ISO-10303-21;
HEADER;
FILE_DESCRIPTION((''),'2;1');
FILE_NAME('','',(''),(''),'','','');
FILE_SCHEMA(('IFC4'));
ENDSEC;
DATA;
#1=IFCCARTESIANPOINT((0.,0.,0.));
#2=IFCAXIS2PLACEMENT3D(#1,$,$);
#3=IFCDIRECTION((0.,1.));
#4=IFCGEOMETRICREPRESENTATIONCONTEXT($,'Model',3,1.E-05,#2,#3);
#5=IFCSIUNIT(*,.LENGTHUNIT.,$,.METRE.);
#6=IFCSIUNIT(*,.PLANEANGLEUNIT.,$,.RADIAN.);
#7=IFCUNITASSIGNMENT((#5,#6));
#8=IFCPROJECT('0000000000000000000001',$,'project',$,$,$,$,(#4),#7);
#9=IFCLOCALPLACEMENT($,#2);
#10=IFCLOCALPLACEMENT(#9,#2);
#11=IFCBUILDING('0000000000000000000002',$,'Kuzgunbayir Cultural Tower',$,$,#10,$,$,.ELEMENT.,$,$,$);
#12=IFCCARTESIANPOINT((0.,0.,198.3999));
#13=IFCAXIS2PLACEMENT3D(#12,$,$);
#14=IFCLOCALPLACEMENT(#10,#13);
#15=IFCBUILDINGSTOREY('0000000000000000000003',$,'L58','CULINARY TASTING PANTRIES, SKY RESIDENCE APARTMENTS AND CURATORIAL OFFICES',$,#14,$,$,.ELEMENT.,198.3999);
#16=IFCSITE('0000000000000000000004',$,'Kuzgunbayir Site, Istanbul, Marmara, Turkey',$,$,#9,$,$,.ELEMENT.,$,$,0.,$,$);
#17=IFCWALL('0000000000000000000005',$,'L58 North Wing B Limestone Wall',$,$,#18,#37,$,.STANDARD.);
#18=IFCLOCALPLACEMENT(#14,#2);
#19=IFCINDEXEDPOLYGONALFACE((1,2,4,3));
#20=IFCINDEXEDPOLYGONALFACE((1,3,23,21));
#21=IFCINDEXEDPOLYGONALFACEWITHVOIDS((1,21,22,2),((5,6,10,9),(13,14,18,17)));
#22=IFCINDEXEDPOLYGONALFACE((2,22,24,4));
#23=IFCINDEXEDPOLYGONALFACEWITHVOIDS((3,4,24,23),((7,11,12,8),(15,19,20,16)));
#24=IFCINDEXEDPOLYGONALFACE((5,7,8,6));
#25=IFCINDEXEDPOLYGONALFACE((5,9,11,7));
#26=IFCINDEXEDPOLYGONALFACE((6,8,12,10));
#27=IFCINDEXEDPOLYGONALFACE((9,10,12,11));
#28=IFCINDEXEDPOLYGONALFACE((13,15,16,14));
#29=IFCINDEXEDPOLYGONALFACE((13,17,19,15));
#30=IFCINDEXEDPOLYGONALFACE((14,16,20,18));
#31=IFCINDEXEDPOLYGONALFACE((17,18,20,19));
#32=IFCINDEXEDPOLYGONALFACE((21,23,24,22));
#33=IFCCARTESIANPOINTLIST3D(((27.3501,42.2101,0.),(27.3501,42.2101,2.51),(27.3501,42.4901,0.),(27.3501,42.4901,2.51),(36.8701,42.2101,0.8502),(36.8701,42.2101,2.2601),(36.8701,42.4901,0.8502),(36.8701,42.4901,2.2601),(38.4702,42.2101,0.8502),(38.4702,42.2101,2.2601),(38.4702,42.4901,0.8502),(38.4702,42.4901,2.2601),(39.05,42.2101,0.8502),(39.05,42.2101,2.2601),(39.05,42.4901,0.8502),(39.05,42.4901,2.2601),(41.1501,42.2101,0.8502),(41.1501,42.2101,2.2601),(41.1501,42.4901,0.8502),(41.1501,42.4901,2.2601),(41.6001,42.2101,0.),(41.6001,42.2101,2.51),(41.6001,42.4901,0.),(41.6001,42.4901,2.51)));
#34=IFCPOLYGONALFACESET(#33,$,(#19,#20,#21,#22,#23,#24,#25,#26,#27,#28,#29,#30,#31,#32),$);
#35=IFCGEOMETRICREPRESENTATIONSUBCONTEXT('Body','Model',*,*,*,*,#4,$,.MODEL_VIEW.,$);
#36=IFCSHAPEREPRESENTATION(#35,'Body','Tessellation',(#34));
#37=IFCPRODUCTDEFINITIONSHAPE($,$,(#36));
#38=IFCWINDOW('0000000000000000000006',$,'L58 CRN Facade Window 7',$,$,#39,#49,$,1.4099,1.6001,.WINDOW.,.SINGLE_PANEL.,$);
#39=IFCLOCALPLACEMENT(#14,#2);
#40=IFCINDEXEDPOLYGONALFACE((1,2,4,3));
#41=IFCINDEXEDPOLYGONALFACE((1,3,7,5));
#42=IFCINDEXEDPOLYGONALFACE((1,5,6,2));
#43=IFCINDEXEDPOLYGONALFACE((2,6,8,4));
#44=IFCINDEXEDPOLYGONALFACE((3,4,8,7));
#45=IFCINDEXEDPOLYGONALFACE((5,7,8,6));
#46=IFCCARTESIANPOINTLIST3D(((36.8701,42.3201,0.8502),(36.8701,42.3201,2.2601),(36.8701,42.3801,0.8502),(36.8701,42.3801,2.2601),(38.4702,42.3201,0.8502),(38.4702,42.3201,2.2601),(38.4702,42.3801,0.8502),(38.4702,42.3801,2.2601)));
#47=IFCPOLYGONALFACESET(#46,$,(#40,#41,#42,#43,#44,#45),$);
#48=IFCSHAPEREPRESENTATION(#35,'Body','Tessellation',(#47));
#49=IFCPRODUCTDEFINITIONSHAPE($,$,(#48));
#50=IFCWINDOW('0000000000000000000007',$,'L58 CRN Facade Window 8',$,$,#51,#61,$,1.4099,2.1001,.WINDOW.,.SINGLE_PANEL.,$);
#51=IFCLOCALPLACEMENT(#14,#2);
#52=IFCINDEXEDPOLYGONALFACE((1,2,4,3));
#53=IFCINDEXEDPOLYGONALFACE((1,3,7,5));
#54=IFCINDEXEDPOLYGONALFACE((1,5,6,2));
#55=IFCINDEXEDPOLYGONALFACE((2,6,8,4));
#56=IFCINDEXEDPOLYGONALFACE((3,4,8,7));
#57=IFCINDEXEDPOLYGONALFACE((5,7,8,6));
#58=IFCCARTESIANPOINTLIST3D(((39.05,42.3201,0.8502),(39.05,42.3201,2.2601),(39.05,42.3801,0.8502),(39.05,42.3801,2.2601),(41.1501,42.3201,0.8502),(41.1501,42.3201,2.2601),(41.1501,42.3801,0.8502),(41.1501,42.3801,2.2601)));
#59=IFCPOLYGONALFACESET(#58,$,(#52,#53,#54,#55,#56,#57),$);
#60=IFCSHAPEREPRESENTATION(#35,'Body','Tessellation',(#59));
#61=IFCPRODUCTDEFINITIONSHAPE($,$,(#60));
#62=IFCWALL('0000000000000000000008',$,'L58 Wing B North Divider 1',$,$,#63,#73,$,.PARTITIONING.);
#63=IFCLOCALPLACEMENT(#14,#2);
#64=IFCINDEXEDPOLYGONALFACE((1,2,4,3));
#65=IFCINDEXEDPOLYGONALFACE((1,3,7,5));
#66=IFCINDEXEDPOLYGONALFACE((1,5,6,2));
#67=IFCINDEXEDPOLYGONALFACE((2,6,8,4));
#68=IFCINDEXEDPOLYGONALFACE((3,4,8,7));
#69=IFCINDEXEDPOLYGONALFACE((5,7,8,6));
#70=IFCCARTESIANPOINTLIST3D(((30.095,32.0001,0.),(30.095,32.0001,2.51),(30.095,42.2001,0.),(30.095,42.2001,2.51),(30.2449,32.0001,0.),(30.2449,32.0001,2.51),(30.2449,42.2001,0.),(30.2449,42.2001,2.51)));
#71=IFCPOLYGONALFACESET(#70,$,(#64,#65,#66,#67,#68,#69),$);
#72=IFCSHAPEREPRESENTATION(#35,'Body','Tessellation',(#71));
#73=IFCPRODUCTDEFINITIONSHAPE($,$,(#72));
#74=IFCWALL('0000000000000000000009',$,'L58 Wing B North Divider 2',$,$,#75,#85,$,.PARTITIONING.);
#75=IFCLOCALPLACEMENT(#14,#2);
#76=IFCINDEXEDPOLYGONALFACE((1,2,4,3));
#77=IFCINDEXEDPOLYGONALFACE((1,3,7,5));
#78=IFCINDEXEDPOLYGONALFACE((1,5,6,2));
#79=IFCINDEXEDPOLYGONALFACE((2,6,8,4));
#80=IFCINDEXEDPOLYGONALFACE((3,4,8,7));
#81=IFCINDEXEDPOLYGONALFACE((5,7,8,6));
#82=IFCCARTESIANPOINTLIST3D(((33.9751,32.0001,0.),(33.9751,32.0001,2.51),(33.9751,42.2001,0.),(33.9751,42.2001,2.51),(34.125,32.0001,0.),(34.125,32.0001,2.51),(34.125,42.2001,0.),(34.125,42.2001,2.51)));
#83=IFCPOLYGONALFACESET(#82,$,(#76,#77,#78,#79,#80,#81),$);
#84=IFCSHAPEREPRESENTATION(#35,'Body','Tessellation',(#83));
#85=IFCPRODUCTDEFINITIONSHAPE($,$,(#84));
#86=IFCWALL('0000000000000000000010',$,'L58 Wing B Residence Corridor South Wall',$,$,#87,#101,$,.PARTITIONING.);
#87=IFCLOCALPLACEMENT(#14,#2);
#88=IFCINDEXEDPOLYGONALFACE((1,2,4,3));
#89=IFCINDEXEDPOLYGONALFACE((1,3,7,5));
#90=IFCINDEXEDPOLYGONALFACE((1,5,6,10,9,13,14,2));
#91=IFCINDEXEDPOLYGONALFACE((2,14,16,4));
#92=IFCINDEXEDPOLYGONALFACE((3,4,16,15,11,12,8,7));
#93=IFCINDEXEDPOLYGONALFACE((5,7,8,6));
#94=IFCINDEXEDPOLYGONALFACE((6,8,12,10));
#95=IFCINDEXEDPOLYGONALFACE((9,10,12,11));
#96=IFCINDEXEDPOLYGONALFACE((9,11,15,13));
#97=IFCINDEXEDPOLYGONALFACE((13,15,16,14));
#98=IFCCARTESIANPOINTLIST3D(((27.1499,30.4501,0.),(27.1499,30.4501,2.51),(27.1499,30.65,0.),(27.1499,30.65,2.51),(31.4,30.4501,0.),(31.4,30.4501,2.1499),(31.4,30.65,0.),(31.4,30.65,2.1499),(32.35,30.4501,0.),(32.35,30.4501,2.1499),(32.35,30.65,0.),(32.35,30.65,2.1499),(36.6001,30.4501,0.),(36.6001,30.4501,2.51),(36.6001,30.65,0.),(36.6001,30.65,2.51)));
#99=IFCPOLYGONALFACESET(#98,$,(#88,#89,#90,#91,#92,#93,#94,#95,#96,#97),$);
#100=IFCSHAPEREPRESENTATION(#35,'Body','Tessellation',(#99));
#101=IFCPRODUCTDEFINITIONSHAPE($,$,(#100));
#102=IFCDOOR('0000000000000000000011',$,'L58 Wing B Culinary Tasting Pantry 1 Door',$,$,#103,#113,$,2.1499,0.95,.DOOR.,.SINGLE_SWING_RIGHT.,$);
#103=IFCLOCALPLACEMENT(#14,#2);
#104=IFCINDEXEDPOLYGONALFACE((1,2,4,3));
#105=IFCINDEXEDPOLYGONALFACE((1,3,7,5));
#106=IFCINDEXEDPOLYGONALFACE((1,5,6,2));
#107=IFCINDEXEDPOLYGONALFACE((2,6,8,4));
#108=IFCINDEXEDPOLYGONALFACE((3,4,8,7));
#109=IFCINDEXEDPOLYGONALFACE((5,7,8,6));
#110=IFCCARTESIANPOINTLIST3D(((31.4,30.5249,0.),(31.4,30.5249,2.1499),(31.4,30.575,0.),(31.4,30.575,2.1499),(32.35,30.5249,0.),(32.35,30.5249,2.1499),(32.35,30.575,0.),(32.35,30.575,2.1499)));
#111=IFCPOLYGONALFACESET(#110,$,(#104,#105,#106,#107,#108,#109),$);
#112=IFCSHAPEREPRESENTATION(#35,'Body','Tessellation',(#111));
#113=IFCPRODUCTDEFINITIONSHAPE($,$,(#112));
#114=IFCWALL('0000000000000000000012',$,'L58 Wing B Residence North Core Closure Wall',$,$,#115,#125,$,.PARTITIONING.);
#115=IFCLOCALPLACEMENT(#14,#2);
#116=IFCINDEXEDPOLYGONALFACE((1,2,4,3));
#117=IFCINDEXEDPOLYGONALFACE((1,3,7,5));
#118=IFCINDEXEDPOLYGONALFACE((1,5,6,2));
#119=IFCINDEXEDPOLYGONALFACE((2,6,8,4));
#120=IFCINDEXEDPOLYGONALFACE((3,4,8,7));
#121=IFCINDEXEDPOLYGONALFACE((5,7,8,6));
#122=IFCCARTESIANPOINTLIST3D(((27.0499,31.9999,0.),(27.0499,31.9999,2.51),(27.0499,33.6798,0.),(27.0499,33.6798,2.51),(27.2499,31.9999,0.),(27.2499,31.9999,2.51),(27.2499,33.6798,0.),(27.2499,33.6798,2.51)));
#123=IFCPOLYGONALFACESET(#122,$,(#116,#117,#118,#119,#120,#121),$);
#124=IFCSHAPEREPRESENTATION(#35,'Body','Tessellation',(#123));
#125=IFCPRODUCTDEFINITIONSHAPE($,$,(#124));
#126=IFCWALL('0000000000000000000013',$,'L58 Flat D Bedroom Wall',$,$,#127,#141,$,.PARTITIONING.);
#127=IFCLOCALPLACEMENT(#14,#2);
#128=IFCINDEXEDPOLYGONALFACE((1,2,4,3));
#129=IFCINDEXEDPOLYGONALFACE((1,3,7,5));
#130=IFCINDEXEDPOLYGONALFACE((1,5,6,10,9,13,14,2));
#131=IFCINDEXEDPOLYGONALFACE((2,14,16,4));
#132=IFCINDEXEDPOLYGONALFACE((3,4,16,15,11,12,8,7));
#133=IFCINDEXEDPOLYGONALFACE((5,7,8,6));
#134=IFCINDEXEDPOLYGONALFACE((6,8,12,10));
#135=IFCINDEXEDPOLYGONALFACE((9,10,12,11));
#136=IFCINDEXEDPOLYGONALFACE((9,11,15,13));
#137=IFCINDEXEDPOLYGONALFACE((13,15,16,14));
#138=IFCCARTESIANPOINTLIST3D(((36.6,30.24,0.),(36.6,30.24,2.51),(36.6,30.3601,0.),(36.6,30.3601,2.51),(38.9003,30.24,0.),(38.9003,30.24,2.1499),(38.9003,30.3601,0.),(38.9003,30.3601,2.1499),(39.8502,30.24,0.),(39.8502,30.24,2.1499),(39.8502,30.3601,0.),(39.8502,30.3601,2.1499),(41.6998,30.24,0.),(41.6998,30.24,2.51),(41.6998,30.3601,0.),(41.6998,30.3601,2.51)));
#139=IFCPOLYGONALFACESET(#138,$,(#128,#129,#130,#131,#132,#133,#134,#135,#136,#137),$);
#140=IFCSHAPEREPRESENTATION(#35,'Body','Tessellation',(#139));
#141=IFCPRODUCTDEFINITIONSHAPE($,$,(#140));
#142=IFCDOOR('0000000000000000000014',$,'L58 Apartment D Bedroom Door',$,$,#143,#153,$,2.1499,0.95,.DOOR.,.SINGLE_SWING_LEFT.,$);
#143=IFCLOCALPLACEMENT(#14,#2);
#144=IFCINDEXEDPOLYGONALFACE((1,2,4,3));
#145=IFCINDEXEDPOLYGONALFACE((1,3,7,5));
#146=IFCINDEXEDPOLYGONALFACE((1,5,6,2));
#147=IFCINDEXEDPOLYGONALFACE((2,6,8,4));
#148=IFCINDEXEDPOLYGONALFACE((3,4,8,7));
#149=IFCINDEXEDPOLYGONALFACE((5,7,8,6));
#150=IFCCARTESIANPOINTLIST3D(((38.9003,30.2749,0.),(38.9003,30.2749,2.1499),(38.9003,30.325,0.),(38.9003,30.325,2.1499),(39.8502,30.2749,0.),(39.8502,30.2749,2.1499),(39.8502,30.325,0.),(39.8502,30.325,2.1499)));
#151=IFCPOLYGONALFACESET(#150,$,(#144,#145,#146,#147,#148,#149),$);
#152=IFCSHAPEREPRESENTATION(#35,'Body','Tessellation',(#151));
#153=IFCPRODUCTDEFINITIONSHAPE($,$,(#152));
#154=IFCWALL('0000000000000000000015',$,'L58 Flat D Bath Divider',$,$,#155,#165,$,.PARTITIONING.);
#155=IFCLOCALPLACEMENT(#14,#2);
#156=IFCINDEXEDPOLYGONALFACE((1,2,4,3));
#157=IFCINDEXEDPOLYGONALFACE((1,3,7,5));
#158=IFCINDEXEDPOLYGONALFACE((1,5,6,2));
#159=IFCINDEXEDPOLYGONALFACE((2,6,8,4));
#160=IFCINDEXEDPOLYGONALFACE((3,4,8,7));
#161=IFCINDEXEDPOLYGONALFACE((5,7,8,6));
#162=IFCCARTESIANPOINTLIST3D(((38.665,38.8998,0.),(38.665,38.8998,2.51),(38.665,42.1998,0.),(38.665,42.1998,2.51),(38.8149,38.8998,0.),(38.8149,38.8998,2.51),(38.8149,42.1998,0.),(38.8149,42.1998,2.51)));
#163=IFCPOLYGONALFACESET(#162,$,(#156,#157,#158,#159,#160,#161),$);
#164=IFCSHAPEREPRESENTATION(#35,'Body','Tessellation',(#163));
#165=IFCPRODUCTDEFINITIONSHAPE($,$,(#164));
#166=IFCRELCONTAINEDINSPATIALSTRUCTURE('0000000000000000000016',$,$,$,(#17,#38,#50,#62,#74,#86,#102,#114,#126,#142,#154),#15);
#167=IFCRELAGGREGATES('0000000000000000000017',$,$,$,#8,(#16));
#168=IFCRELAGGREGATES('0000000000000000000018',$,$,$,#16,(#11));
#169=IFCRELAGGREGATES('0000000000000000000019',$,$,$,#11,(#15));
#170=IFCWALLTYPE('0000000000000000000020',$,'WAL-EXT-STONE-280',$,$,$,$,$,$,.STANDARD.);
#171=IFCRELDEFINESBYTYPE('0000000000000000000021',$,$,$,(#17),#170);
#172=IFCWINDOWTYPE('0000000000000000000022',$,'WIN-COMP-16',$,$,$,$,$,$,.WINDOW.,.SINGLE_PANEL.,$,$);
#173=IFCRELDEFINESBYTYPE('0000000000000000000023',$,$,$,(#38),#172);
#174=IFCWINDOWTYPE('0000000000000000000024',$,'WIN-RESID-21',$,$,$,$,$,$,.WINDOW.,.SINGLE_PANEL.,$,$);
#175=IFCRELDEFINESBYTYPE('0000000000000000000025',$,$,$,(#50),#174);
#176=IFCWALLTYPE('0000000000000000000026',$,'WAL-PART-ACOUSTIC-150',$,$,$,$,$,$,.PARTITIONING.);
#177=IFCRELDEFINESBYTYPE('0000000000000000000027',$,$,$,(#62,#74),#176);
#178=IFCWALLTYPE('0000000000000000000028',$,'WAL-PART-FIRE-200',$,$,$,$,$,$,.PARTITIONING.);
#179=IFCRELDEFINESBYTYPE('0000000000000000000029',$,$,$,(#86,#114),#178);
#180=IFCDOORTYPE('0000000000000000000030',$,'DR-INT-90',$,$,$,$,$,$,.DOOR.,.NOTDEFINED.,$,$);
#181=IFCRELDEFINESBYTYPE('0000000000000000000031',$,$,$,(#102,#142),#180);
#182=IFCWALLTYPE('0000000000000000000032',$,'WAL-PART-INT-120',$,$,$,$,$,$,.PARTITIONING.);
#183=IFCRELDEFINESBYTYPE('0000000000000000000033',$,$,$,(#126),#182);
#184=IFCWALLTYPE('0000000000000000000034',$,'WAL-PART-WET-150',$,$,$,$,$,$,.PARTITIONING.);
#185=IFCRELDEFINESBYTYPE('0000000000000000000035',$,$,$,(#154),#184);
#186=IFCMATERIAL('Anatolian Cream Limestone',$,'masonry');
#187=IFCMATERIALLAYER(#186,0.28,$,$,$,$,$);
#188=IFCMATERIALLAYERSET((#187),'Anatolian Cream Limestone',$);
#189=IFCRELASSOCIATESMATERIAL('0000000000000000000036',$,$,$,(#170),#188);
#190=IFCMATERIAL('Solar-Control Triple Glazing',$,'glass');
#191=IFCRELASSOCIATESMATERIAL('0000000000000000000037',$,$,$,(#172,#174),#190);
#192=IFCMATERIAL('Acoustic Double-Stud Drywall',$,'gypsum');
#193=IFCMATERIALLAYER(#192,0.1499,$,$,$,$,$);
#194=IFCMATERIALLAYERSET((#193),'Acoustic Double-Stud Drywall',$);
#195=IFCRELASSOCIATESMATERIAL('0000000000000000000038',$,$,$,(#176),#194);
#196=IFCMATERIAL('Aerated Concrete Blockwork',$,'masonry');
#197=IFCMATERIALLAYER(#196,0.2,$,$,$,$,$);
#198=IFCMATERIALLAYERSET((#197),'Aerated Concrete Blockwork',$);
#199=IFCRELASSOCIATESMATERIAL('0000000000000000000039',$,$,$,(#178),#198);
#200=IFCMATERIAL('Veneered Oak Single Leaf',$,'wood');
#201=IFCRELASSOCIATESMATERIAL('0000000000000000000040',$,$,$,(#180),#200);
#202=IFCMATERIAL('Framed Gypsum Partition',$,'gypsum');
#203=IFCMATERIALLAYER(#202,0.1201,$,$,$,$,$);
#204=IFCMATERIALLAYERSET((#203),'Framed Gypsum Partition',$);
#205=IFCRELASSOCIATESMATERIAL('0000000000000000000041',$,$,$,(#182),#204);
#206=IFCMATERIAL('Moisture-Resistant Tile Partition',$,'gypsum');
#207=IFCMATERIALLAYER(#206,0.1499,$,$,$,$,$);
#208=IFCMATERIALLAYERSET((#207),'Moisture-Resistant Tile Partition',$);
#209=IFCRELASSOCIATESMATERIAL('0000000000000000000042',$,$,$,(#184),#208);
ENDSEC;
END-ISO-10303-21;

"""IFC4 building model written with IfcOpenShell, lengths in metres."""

from ifc_helpers import new_model, si_unit, direction, frame, frame_2d, origin, place, context, subcontext, project, spatial, rectangle, extrude, material, layer, layer_set, type_object, element, fill, save


model = new_model("IFC4")

# Units and contexts
model_context = context("Model", 3, precision=1e-05, world=origin(), true_north=direction((0.0, 1.0)))
body_context = subcontext(model_context, "Body", "Model", "MODEL_VIEW")
ifc_project = project(units=[si_unit("LENGTHUNIT", "METRE"), si_unit("PLANEANGLEUNIT", "RADIAN")], contexts=[model_context])

# Site, building, storey
site_placement = place(None, origin())
site = spatial("IfcSite", under=ifc_project, at=site_placement, Name="Kuzgunbayir Site, Istanbul, Marmara, Turkey", CompositionType="ELEMENT", RefElevation=0.0)
building_placement = place(site_placement, origin())
building = spatial("IfcBuilding", under=site, at=building_placement, Name="Kuzgunbayir Cultural Tower", CompositionType="ELEMENT")
storey_placement = place(building_placement, frame((0.0, 0.0, 198.3999)))
storey = spatial("IfcBuildingStorey", under=building, at=storey_placement, Name="L58", Description="CULINARY TASTING PANTRIES, SKY RESIDENCE APARTMENTS AND CURATORIAL OFFICES", CompositionType="ELEMENT", Elevation=198.3999)

# Wall, openings, windows
ifc_material_1 = material(Name="Anatolian Cream Limestone", Category="masonry")
ifc_layer_1 = layer(ifc_material_1, 0.28)
ifc_layer_set_1 = layer_set([ifc_layer_1], Name="Anatolian Cream Limestone")
wall_type_1 = type_object("IfcWallType", Name="WAL-EXT-STONE-280", PredefinedType="STANDARD", material=ifc_layer_set_1)
wall_1_placement = place(storey_placement, frame((41.6001, 42.3501, 0.0), z_axis=(0.0, 0.0, 1.0), x_axis=(-1.0, 0.0, 0.0)))
wall_1 = element("IfcWall", 1, at=wall_1_placement, inside=storey, type_object=wall_type_1, Name="L58 North Wing B Limestone Wall", PredefinedType="STANDARD", context=body_context, shape_type="SweptSolid", body=[
    extrude(rectangle(XDim=14.25, YDim=0.28, at=frame_2d((7.125, 0.0))), origin(), (0.0, 0.0, 1.0), 2.51),
])
opening_1_placement = place(wall_1_placement, frame((3.1299, 0.0, 0.8501)))
opening_1 = element("IfcOpeningElement", 2, at=opening_1_placement, cuts=wall_1, PredefinedType="OPENING", context=body_context, shape_type="SweptSolid", body=[
    extrude(rectangle(XDim=1.6001, YDim=1.4099, at=frame_2d((0.8, 0.7051))), frame((0.0, 0.1499, 0.0), z_axis=(0.0, -1.0, 0.0), x_axis=(1.0, 0.0, 0.0)), (0.0, 0.0, 1.0), 0.3),
])
opening_2_placement = place(wall_1_placement, frame((0.45, 0.0, 0.8501)))
opening_2 = element("IfcOpeningElement", 3, at=opening_2_placement, cuts=wall_1, PredefinedType="OPENING", context=body_context, shape_type="SweptSolid", body=[
    extrude(rectangle(XDim=2.1001, YDim=1.4099, at=frame_2d((1.05, 0.7051))), frame((0.0, 0.1499, 0.0), z_axis=(0.0, -1.0, 0.0), x_axis=(1.0, 0.0, 0.0)), (0.0, 0.0, 1.0), 0.3),
])
ifc_material_2 = material(Name="Solar-Control Triple Glazing", Category="glass")
window_type_1 = type_object("IfcWindowType", Name="WIN-COMP-16", PartitioningType="SINGLE_PANEL", PredefinedType="WINDOW", material=ifc_material_2)
window_1_placement = place(opening_1_placement, origin())
window_1 = element("IfcWindow", 4, at=window_1_placement, inside=storey, type_object=window_type_1, Name="L58 CRN Facade Window 7", OverallHeight=1.4099, OverallWidth=1.6001, PartitioningType="SINGLE_PANEL", PredefinedType="WINDOW", context=body_context, shape_type="SweptSolid", body=[
    extrude(rectangle(XDim=1.6001, YDim=1.4099, at=frame_2d((0.8, 0.7051))), frame((0.0, 0.03, 0.0), z_axis=(0.0, -1.0, 0.0), x_axis=(1.0, 0.0, 0.0)), (0.0, 0.0, 1.0), 0.0601),
])
fill(opening_1, window_1)
window_type_2 = type_object("IfcWindowType", Name="WIN-RESID-21", PartitioningType="SINGLE_PANEL", PredefinedType="WINDOW", material=ifc_material_2)
window_2_placement = place(opening_2_placement, origin())
window_2 = element("IfcWindow", 5, at=window_2_placement, inside=storey, type_object=window_type_2, Name="L58 CRN Facade Window 8", OverallHeight=1.4099, OverallWidth=2.1001, PartitioningType="SINGLE_PANEL", PredefinedType="WINDOW", context=body_context, shape_type="SweptSolid", body=[
    extrude(rectangle(XDim=2.1001, YDim=1.4099, at=frame_2d((1.05, 0.7051))), frame((0.0, 0.03, 0.0), z_axis=(0.0, -1.0, 0.0), x_axis=(1.0, 0.0, 0.0)), (0.0, 0.0, 1.0), 0.0601),
])
fill(opening_2, window_2)

# Walls
ifc_material_3 = material(Name="Acoustic Double-Stud Drywall", Category="gypsum")
ifc_layer_2 = layer(ifc_material_3, 0.1499)
ifc_layer_set_2 = layer_set([ifc_layer_2], Name="Acoustic Double-Stud Drywall")
wall_type_2 = type_object("IfcWallType", Name="WAL-PART-ACOUSTIC-150", PredefinedType="PARTITIONING", material=ifc_layer_set_2)
for number, where, z_axis, x_axis, name in (
    (6, (30.1699, 32.0, 0.0), (0.0, 0.0, 1.0), (0.0, 1.0, 0.0), "L58 Wing B North Divider 1"),
    (7, (34.05, 32.0, 0.0), (0.0, 0.0, 1.0), (0.0, 1.0, 0.0), "L58 Wing B North Divider 2"),
):
    element("IfcWall", number, at=place(storey_placement, frame(where, z_axis=z_axis, x_axis=x_axis)), inside=storey, type_object=wall_type_2, Name=name, PredefinedType="PARTITIONING", context=body_context, shape_type="SweptSolid", body=[
        extrude(rectangle(XDim=10.2, YDim=0.1499, at=frame_2d((5.1001, 0.0))), origin(), (0.0, 0.0, 1.0), 2.51),
    ])

# Wall, opening, door
ifc_material_4 = material(Name="Aerated Concrete Blockwork", Category="masonry")
ifc_layer_3 = layer(ifc_material_4, 0.2)
ifc_layer_set_3 = layer_set([ifc_layer_3], Name="Aerated Concrete Blockwork")
wall_type_3 = type_object("IfcWallType", Name="WAL-PART-FIRE-200", PredefinedType="PARTITIONING", material=ifc_layer_set_3)
wall_2_placement = place(storey_placement, frame((27.1499, 30.55, 0.0), z_axis=(0.0, 0.0, 1.0), x_axis=(1.0, 0.0, 0.0)))
wall_2 = element("IfcWall", 8, at=wall_2_placement, inside=storey, type_object=wall_type_3, Name="L58 Wing B Residence Corridor South Wall", PredefinedType="PARTITIONING", context=body_context, shape_type="SweptSolid", body=[
    extrude(rectangle(XDim=9.4502, YDim=0.2, at=frame_2d((4.7251, 0.0))), origin(), (0.0, 0.0, 1.0), 2.51),
])
opening_3_placement = place(wall_2_placement, frame((4.25, 0.0, 0.0)))
opening_3 = element("IfcOpeningElement", 9, at=opening_3_placement, cuts=wall_2, PredefinedType="OPENING", context=body_context, shape_type="SweptSolid", body=[
    extrude(rectangle(XDim=0.95, YDim=2.1499, at=frame_2d((0.4751, 1.075))), frame((0.0, 0.1099, 0.0), z_axis=(0.0, -1.0, 0.0), x_axis=(1.0, 0.0, 0.0)), (0.0, 0.0, 1.0), 0.22),
])
ifc_material_5 = material(Name="Veneered Oak Single Leaf", Category="wood")
door_type_1 = type_object("IfcDoorType", Name="DR-INT-90", OperationType="NOTDEFINED", PredefinedType="DOOR", material=ifc_material_5)
door_1_placement = place(opening_3_placement, origin())
door_1 = element("IfcDoor", 10, at=door_1_placement, inside=storey, type_object=door_type_1, Name="L58 Wing B Culinary Tasting Pantry 1 Door", OperationType="SINGLE_SWING_RIGHT", OverallHeight=2.1499, OverallWidth=0.95, PredefinedType="DOOR", context=body_context, shape_type="SweptSolid", body=[
    extrude(rectangle(XDim=0.95, YDim=2.1499, at=frame_2d((0.4751, 1.075))), frame((0.0, 0.0249, 0.0), z_axis=(0.0, -1.0, 0.0), x_axis=(1.0, 0.0, 0.0)), (0.0, 0.0, 1.0), 0.05),
])
fill(opening_3, door_1)

# Wall
wall_3_placement = place(storey_placement, frame((27.1499, 32.0, 0.0), z_axis=(0.0, 0.0, 1.0), x_axis=(0.0, 1.0, 0.0)))
element("IfcWall", 11, at=wall_3_placement, inside=storey, type_object=wall_type_3, Name="L58 Wing B Residence North Core Closure Wall", PredefinedType="PARTITIONING", context=body_context, shape_type="SweptSolid", body=[
    extrude(rectangle(XDim=1.6799, YDim=0.2, at=frame_2d((0.8398, 0.0))), origin(), (0.0, 0.0, 1.0), 2.51),
])

# Wall, opening, door
ifc_material_6 = material(Name="Framed Gypsum Partition", Category="gypsum")
ifc_layer_4 = layer(ifc_material_6, 0.1201)
ifc_layer_set_4 = layer_set([ifc_layer_4], Name="Framed Gypsum Partition")
wall_type_4 = type_object("IfcWallType", Name="WAL-PART-INT-120", PredefinedType="PARTITIONING", material=ifc_layer_set_4)
wall_4_placement = place(storey_placement, frame((36.6001, 30.3, 0.0), z_axis=(0.0, 0.0, 1.0), x_axis=(1.0, 0.0, 0.0)))
wall_4 = element("IfcWall", 12, at=wall_4_placement, inside=storey, type_object=wall_type_4, Name="L58 Flat D Bedroom Wall", PredefinedType="PARTITIONING", context=body_context, shape_type="SweptSolid", body=[
    extrude(rectangle(XDim=5.0999, YDim=0.1201, at=frame_2d((2.5498, 0.0))), origin(), (0.0, 0.0, 1.0), 2.51),
])
opening_4_placement = place(wall_4_placement, frame((2.3, 0.0, 0.0)))
opening_4 = element("IfcOpeningElement", 13, at=opening_4_placement, cuts=wall_4, PredefinedType="OPENING", context=body_context, shape_type="SweptSolid", body=[
    extrude(rectangle(XDim=0.95, YDim=2.1499, at=frame_2d((0.4751, 1.075))), frame((0.0, 0.0701, 0.0), z_axis=(0.0, -1.0, 0.0), x_axis=(1.0, 0.0, 0.0)), (0.0, 0.0, 1.0), 0.1401),
])
door_2_placement = place(opening_4_placement, origin())
door_2 = element("IfcDoor", 14, at=door_2_placement, inside=storey, type_object=door_type_1, Name="L58 Apartment D Bedroom Door", OperationType="SINGLE_SWING_LEFT", OverallHeight=2.1499, OverallWidth=0.95, PredefinedType="DOOR", context=body_context, shape_type="SweptSolid", body=[
    extrude(rectangle(XDim=0.95, YDim=2.1499, at=frame_2d((0.4751, 1.075))), frame((0.0, 0.0249, 0.0), z_axis=(0.0, -1.0, 0.0), x_axis=(1.0, 0.0, 0.0)), (0.0, 0.0, 1.0), 0.05),
])
fill(opening_4, door_2)

# Shared definitions
ifc_material_7 = material(Name="Moisture-Resistant Tile Partition", Category="gypsum")
ifc_layer_5 = layer(ifc_material_7, 0.1499)
ifc_layer_set_5 = layer_set([ifc_layer_5], Name="Moisture-Resistant Tile Partition")
wall_type_5 = type_object("IfcWallType", Name="WAL-PART-WET-150", PredefinedType="PARTITIONING", material=ifc_layer_set_5)

# Wall
wall_5_placement = place(storey_placement, frame((38.74, 38.8999, 0.0), z_axis=(0.0, 0.0, 1.0), x_axis=(0.0, 1.0, 0.0)))
element("IfcWall", 15, at=wall_5_placement, inside=storey, type_object=wall_type_5, Name="L58 Flat D Bath Divider", PredefinedType="PARTITIONING", context=body_context, shape_type="SweptSolid", body=[
    extrude(rectangle(XDim=3.3, YDim=0.1499, at=frame_2d((1.6499, 0.0))), origin(), (0.0, 0.0, 1.0), 2.51),
])

save(model, "model.ifc")
